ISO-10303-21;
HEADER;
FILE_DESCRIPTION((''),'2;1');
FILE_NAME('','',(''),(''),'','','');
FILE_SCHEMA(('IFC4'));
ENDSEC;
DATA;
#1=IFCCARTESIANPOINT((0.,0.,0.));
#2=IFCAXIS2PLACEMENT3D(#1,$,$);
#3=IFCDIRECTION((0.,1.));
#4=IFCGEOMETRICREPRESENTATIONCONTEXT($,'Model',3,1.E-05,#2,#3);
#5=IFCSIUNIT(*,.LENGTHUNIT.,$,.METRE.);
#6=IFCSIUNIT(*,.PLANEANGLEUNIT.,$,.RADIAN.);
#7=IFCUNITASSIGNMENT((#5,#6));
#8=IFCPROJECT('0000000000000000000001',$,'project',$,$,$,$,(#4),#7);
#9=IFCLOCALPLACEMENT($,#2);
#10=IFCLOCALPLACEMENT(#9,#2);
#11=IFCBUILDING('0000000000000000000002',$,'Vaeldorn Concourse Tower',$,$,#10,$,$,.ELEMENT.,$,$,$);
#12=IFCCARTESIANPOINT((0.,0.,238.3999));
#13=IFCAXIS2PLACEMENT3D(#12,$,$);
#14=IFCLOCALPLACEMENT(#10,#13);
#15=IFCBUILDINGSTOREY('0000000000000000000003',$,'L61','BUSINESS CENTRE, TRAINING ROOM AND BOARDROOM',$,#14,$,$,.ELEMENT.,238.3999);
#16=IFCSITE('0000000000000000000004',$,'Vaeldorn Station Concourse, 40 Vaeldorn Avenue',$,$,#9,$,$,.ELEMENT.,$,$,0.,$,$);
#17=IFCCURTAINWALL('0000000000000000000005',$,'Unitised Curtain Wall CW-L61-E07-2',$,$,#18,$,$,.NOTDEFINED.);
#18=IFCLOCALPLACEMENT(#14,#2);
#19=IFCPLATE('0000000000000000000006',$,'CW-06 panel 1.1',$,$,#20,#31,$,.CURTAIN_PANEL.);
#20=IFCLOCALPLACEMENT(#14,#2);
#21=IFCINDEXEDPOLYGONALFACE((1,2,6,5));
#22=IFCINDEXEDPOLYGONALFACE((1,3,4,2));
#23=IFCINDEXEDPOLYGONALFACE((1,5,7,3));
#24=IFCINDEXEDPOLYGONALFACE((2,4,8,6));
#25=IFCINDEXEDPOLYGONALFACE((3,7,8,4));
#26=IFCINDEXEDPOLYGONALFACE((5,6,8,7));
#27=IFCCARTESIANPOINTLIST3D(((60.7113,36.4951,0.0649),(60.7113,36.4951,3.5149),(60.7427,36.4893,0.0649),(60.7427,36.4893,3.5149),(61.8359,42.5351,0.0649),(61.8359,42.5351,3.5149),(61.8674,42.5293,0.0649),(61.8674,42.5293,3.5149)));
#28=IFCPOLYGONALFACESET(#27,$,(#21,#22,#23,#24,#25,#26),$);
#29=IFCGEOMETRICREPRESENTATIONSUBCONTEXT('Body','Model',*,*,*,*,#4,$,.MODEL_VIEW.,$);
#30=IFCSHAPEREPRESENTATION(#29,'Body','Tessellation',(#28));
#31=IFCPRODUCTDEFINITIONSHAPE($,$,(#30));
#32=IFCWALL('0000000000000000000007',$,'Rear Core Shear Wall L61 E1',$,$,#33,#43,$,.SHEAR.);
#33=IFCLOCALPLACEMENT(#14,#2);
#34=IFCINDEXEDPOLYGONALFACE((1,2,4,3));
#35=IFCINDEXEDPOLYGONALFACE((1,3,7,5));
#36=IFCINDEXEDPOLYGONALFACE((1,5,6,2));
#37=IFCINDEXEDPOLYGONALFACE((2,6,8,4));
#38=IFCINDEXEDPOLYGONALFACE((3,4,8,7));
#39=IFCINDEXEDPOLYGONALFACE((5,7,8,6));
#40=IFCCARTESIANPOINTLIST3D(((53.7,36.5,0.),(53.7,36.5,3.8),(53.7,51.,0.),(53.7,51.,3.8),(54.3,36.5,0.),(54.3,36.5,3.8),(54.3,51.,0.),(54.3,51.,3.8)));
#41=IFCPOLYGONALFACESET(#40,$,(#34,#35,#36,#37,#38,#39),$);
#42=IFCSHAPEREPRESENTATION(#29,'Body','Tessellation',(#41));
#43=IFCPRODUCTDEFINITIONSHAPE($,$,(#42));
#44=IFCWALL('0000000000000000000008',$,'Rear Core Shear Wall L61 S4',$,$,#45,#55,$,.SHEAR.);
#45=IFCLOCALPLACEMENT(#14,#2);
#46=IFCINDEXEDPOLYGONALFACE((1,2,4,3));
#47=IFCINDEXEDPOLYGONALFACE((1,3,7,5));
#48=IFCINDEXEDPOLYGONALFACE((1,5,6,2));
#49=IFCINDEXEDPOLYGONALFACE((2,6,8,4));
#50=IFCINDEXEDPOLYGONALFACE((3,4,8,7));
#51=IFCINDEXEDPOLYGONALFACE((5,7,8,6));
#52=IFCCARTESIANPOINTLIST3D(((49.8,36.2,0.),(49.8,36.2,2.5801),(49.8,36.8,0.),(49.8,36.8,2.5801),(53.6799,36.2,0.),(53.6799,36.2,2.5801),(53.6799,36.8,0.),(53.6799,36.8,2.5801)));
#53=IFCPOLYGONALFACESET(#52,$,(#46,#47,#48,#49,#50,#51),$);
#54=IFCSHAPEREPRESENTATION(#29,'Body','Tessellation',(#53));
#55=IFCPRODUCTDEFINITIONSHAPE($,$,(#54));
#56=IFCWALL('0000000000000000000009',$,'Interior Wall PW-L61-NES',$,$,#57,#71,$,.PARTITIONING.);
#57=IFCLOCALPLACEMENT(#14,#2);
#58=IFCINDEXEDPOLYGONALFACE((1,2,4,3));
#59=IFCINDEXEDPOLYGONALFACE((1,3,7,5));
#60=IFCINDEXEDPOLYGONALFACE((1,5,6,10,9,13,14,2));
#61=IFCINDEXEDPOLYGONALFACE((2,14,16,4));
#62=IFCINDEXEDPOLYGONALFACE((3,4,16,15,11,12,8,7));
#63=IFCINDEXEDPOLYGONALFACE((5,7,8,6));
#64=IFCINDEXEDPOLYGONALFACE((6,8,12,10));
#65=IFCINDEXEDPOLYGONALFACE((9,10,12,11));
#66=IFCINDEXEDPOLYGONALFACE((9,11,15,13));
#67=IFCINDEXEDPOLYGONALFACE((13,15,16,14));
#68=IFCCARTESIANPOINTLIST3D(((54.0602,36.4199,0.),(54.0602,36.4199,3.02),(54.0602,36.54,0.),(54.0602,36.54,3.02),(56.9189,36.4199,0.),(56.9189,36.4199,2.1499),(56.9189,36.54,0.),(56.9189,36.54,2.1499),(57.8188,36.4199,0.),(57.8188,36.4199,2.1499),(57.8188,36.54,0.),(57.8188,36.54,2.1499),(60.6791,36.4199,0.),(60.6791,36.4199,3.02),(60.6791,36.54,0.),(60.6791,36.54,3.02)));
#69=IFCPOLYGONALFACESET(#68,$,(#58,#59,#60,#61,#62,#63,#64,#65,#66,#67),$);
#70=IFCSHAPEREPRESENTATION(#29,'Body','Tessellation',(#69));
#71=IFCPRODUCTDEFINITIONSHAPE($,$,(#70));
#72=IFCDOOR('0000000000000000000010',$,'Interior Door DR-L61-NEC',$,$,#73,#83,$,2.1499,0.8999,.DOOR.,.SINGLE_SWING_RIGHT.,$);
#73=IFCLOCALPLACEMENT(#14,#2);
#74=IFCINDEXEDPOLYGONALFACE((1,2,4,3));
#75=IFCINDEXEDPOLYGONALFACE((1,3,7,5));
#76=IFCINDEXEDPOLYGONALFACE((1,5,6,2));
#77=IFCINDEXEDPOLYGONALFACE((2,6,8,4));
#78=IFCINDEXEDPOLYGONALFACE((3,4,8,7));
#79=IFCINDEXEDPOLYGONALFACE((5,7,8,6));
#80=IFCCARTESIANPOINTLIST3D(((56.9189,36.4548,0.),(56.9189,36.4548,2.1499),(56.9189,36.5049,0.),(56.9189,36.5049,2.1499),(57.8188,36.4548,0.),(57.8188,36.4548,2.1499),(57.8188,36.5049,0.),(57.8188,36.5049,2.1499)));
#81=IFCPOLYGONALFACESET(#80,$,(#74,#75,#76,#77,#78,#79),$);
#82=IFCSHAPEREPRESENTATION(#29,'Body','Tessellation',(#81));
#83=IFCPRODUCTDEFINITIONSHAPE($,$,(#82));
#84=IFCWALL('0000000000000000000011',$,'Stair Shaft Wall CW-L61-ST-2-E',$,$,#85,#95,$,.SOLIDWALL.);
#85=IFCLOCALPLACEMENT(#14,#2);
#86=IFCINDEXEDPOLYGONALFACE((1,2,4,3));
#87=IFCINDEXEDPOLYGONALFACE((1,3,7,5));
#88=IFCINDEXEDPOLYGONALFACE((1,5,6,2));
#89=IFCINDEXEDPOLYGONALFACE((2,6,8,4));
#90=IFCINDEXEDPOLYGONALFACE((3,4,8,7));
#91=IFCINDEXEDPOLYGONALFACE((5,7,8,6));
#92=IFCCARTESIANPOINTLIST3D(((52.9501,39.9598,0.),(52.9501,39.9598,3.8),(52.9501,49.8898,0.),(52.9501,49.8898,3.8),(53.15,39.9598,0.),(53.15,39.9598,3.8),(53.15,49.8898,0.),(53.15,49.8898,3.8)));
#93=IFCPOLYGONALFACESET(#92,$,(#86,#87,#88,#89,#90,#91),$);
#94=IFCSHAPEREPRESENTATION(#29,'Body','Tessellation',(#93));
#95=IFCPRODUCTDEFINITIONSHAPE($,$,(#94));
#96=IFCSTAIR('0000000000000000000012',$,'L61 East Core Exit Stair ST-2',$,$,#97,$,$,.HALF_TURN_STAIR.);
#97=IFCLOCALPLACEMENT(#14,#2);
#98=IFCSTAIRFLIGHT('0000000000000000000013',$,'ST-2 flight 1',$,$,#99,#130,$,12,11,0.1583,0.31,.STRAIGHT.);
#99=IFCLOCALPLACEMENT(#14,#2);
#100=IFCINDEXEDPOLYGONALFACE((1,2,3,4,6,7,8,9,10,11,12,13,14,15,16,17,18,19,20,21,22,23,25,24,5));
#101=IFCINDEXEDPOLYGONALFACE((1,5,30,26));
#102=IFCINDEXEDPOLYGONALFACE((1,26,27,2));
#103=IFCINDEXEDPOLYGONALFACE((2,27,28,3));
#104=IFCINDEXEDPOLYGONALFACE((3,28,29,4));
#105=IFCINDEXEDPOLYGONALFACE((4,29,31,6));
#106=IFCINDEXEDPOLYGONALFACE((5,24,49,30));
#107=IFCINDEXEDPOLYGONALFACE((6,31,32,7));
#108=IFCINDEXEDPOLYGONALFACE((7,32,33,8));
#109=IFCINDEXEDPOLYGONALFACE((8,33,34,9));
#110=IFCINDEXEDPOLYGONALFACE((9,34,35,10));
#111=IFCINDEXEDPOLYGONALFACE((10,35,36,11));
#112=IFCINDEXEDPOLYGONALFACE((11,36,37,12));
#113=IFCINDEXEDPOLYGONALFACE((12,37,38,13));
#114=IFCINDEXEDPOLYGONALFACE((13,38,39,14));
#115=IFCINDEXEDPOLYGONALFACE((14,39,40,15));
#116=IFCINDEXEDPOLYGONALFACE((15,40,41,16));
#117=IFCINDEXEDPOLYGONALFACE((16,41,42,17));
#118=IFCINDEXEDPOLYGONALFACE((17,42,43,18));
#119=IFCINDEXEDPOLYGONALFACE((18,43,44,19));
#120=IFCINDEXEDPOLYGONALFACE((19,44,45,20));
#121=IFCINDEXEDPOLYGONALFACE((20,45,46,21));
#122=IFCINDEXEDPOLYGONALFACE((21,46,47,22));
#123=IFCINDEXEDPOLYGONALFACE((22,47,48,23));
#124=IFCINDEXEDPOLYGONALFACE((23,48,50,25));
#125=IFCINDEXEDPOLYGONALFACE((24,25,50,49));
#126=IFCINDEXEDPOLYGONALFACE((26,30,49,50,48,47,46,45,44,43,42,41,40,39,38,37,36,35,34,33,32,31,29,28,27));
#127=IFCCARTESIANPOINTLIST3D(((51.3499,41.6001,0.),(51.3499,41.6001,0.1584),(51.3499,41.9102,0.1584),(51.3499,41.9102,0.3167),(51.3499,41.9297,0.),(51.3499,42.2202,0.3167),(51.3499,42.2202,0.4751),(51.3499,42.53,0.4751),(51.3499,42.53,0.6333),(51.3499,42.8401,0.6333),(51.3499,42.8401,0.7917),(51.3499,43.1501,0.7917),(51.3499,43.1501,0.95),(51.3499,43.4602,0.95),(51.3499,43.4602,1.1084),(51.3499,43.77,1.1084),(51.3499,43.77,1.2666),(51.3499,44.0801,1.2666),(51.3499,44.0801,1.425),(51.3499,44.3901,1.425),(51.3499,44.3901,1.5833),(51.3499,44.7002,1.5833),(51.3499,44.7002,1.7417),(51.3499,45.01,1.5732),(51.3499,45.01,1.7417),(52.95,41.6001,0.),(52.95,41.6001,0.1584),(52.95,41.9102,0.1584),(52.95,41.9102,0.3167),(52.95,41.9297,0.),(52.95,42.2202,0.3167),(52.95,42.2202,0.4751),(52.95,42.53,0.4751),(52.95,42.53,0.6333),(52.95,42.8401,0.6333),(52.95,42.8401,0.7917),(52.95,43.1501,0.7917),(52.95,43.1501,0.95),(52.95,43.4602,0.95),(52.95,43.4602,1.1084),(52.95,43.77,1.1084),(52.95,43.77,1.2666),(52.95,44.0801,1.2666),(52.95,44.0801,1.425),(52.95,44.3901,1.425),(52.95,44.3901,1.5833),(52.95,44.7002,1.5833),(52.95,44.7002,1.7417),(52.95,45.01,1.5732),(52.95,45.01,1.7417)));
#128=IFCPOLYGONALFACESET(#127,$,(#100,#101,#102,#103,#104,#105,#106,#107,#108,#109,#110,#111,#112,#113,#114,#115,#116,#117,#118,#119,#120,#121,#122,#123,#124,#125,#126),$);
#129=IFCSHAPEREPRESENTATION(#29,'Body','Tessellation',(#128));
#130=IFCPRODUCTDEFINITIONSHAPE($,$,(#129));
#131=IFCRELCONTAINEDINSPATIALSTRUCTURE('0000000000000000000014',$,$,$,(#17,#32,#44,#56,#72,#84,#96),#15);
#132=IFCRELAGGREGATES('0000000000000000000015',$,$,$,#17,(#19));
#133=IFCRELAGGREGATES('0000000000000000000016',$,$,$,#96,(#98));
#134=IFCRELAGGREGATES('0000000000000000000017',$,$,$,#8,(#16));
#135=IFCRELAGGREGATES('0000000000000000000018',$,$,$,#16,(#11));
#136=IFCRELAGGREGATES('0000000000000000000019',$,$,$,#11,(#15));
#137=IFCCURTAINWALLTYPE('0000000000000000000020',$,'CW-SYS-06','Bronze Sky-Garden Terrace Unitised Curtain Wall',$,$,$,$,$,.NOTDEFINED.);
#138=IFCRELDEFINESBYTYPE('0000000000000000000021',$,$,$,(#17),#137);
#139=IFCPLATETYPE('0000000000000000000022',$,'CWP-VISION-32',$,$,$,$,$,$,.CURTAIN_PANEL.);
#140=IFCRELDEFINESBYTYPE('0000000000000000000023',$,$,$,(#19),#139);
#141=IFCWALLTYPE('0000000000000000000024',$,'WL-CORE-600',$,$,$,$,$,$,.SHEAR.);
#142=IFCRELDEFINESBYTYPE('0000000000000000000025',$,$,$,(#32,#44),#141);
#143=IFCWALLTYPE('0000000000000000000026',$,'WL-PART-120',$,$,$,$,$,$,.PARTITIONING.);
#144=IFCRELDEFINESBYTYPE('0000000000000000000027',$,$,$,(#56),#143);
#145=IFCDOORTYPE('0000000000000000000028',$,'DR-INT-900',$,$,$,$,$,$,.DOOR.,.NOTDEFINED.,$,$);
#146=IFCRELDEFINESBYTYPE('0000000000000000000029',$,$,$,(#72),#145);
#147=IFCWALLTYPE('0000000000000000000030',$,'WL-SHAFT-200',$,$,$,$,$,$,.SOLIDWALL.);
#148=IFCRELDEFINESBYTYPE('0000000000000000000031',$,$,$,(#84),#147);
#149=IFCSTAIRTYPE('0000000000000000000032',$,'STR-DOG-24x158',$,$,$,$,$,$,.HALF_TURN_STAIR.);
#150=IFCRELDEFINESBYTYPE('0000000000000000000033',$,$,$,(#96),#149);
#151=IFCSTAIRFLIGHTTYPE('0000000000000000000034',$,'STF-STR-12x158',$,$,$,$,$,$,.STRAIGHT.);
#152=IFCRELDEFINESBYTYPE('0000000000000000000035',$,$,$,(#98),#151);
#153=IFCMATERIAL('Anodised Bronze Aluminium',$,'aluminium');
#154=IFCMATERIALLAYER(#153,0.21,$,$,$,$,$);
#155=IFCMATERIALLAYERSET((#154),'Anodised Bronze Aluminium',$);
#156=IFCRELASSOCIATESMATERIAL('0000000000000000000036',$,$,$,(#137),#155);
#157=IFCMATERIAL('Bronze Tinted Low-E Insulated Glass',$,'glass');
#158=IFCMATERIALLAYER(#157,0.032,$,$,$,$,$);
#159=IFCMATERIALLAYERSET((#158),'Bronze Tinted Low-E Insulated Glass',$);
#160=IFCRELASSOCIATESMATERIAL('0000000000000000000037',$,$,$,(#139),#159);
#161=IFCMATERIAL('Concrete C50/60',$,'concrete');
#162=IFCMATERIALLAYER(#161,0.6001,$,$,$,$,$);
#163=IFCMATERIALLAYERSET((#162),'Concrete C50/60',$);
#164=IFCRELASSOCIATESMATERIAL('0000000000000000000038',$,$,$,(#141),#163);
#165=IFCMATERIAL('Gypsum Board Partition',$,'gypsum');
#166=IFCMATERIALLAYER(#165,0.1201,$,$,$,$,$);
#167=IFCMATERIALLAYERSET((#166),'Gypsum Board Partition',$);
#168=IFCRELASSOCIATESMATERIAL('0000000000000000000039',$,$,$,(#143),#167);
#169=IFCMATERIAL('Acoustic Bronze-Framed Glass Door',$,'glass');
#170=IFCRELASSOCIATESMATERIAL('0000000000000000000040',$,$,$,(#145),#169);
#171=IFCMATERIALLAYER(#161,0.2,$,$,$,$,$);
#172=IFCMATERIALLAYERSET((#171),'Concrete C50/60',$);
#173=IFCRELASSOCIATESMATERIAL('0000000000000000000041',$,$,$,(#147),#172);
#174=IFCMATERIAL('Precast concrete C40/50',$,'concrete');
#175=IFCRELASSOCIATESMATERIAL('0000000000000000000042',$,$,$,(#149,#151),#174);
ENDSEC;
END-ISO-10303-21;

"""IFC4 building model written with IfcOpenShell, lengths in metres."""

from ifc_helpers import new_model, si_unit, direction, frame, frame_2d, origin, origin_2d, place, context, subcontext, project, spatial, polyline, rectangle, outline, extrude, source, transform, mapped, material, layer, layer_set, type_object, element, fill, aggregate, save


model = new_model("IFC4")

# Units and contexts
model_context = context("Model", 3, precision=1e-05, world=origin(), true_north=direction((0.0, 1.0)))
body_context = subcontext(model_context, "Body", "Model", "MODEL_VIEW")
ifc_project = project(units=[si_unit("LENGTHUNIT", "METRE"), si_unit("PLANEANGLEUNIT", "RADIAN")], contexts=[model_context])

# Site, building, storey
site_placement = place(None, origin())
site = spatial("IfcSite", under=ifc_project, at=site_placement, Name="Vaeldorn Station Concourse, 40 Vaeldorn Avenue", CompositionType="ELEMENT", RefElevation=0.0)
building_placement = place(site_placement, origin())
building = spatial("IfcBuilding", under=site, at=building_placement, Name="Vaeldorn Concourse Tower", CompositionType="ELEMENT")
storey_placement = place(building_placement, frame((0.0, 0.0, 238.3999)))
storey = spatial("IfcBuildingStorey", under=building, at=storey_placement, Name="L61", Description="BUSINESS CENTRE, TRAINING ROOM AND BOARDROOM", CompositionType="ELEMENT", Elevation=238.3999)

# Shared definitions
ifc_material_1 = material(Name="Concrete C50/60", Category="concrete")

# Shared definitions
ifc_material_2 = material(Name="Anodised Bronze Aluminium", Category="aluminium")
ifc_layer_1 = layer(ifc_material_2, 0.21)
ifc_layer_set_1 = layer_set([ifc_layer_1], Name="Anodised Bronze Aluminium")
curtain_wall_type = type_object("IfcCurtainWallType", Name="CW-SYS-06", Description="Bronze Sky-Garden Terrace Unitised Curtain Wall", PredefinedType="NOTDEFINED", material=ifc_layer_set_1)

# Curtain wall, plate
curtain_wall_1_placement = place(storey_placement, origin())
curtain_wall_1 = element("IfcCurtainWall", 1, at=curtain_wall_1_placement, inside=storey, type_object=curtain_wall_type, Name="Unitised Curtain Wall CW-L61-E07-2", PredefinedType="NOTDEFINED")
ifc_material_3 = material(Name="Bronze Tinted Low-E Insulated Glass", Category="glass")
ifc_layer_2 = layer(ifc_material_3, 0.032)
ifc_layer_set_2 = layer_set([ifc_layer_2], Name="Bronze Tinted Low-E Insulated Glass")
plate_type = type_object("IfcPlateType", Name="CWP-VISION-32", PredefinedType="CURTAIN_PANEL", material=ifc_layer_set_2)
shared_shape_1 = source(origin(), body_context, "Body", "SweptSolid", [
    extrude(rectangle(XDim=6.1438, YDim=0.032, at=origin_2d()), origin(), (0.0, 0.0, 1.0), 3.45),
])
plate_placement = place(storey_placement, frame((61.2893, 39.5122, 0.0649), z_axis=(0.0, 0.0, 1.0), x_axis=(0.183054, 0.983103, 0.0)))
plate = element("IfcPlate", 2, at=plate_placement, type_object=plate_type, Name="CW-06 panel 1.1", PredefinedType="CURTAIN_PANEL", context=body_context, shape_type="MappedRepresentation", body=[
    mapped(shared_shape_1, transform((0.0, 0.0, 0.0), scale=1.0)),
])
aggregate(curtain_wall_1, [plate])

# Walls
ifc_layer_3 = layer(ifc_material_1, 0.6001)
ifc_layer_set_3 = layer_set([ifc_layer_3], Name="Concrete C50/60")
wall_type_1 = type_object("IfcWallType", Name="WL-CORE-600", PredefinedType="SHEAR", material=ifc_layer_set_3)
wall_1_placement = place(storey_placement, frame((54.0, 36.5, 0.0), z_axis=(0.0, 0.0, 1.0), x_axis=(0.0, 1.0, 0.0)))
element("IfcWall", 3, at=wall_1_placement, inside=storey, type_object=wall_type_1, Name="Rear Core Shear Wall L61 E1", PredefinedType="SHEAR", context=body_context, shape_type="SweptSolid", body=[
    extrude(rectangle(XDim=14.5, YDim=0.6001, at=frame_2d((7.25, 0.0))), origin(), (0.0, 0.0, 1.0), 3.8),
])
wall_2_placement = place(storey_placement, frame((49.8, 36.5, 0.0), z_axis=(0.0, 0.0, 1.0), x_axis=(1.0, 0.0, 0.0)))
element("IfcWall", 4, at=wall_2_placement, inside=storey, type_object=wall_type_1, Name="Rear Core Shear Wall L61 S4", PredefinedType="SHEAR", context=body_context, shape_type="SweptSolid", body=[
    extrude(rectangle(XDim=3.8799, YDim=0.6001, at=frame_2d((1.9399, 0.0))), origin(), (0.0, 0.0, 1.0), 2.5801),
])

# Wall, opening, door
ifc_material_4 = material(Name="Gypsum Board Partition", Category="gypsum")
ifc_layer_4 = layer(ifc_material_4, 0.1201)
ifc_layer_set_4 = layer_set([ifc_layer_4], Name="Gypsum Board Partition")
wall_type_2 = type_object("IfcWallType", Name="WL-PART-120", PredefinedType="PARTITIONING", material=ifc_layer_set_4)
wall_3_placement = place(storey_placement, frame((54.0601, 36.48, 0.0), z_axis=(0.0, 0.0, 1.0), x_axis=(1.0, 0.0, 0.0)))
wall_3 = element("IfcWall", 5, at=wall_3_placement, inside=storey, type_object=wall_type_2, Name="Interior Wall PW-L61-NES", PredefinedType="PARTITIONING", context=body_context, shape_type="SweptSolid", body=[
    extrude(rectangle(XDim=6.6189, YDim=0.1201, at=frame_2d((3.3096, 0.0))), origin(), (0.0, 0.0, 1.0), 3.02),
])
opening_placement = place(wall_3_placement, frame((2.8589, 0.0, 0.0)))
opening = element("IfcOpeningElement", 6, at=opening_placement, cuts=wall_3, PredefinedType="OPENING", context=body_context, shape_type="SweptSolid", body=[
    extrude(rectangle(XDim=0.8999, YDim=2.1499, at=frame_2d((0.45, 1.075))), frame((0.0, 0.0701, 0.0), z_axis=(0.0, -1.0, 0.0), x_axis=(1.0, 0.0, 0.0)), (0.0, 0.0, 1.0), 0.1401),
])
ifc_material_5 = material(Name="Acoustic Bronze-Framed Glass Door", Category="glass")
door_type = type_object("IfcDoorType", Name="DR-INT-900", OperationType="NOTDEFINED", PredefinedType="DOOR", material=ifc_material_5)
shared_shape_2 = source(origin(), body_context, "Body", "SweptSolid", [
    extrude(rectangle(XDim=0.8999, YDim=2.1499, at=frame_2d((0.45, 1.075))), frame((0.0, 0.0249, 0.0), z_axis=(0.0, -1.0, 0.0), x_axis=(1.0, 0.0, 0.0)), (0.0, 0.0, 1.0), 0.05),
])
door_placement = place(opening_placement, origin())
door = element("IfcDoor", 7, at=door_placement, inside=storey, type_object=door_type, Name="Interior Door DR-L61-NEC", OperationType="SINGLE_SWING_RIGHT", OverallHeight=2.1499, OverallWidth=0.8999, PredefinedType="DOOR", context=body_context, shape_type="MappedRepresentation", body=[
    mapped(shared_shape_2, transform((0.0, 0.0, 0.0), scale=1.0)),
])
fill(opening, door)

# Wall
ifc_layer_5 = layer(ifc_material_1, 0.2)
ifc_layer_set_5 = layer_set([ifc_layer_5], Name="Concrete C50/60")
wall_type_3 = type_object("IfcWallType", Name="WL-SHAFT-200", PredefinedType="SOLIDWALL", material=ifc_layer_set_5)
wall_4_placement = place(storey_placement, frame((53.05, 39.96, 0.0), z_axis=(0.0, 0.0, 1.0), x_axis=(0.0, 1.0, 0.0)))
element("IfcWall", 8, at=wall_4_placement, inside=storey, type_object=wall_type_3, Name="Stair Shaft Wall CW-L61-ST-2-E", PredefinedType="SOLIDWALL", context=body_context, shape_type="SweptSolid", body=[
    extrude(rectangle(XDim=9.9299, YDim=0.2, at=frame_2d((4.9648, 0.0))), origin(), (0.0, 0.0, 1.0), 3.8),
])

# Stair, stair flight
ifc_material_6 = material(Name="Precast concrete C40/50", Category="concrete")
stair_type = type_object("IfcStairType", Name="STR-DOG-24x158", PredefinedType="HALF_TURN_STAIR", material=ifc_material_6)
stair_placement = place(storey_placement, origin())
stair = element("IfcStair", 9, at=stair_placement, inside=storey, type_object=stair_type, Name="L61 East Core Exit Stair ST-2", PredefinedType="HALF_TURN_STAIR")
stair_flight_type = type_object("IfcStairFlightType", Name="STF-STR-12x158", PredefinedType="STRAIGHT", material=ifc_material_6)
stair_flight_placement = place(storey_placement, frame((52.1499, 41.6001, 0.0), z_axis=(0.0, 0.0, 1.0), x_axis=(0.0, 1.0, 0.0)))
stair_flight = element("IfcStairFlight", 10, at=stair_flight_placement, type_object=stair_flight_type, Name="ST-2 flight 1", NumberOfRisers=12, NumberOfTreads=11, PredefinedType="STRAIGHT", RiserHeight=0.1583, TreadLength=0.31, context=body_context, shape_type="SweptSolid", body=[
    extrude(outline(polyline([(0.0, 0.0), (0.0, 0.1584), (0.3101, 0.1584), (0.3101, 0.3167), (0.6201, 0.3167), (0.6201, 0.4751), (0.9299, 0.4751), (0.9299, 0.6333), (1.24, 0.6333), (1.24, 0.7917), (1.55, 0.7917), (1.55, 0.95), (1.8601, 0.95), (1.8601, 1.1084), (2.1699, 1.1084), (2.1699, 1.2666), (2.48, 1.2666), (2.48, 1.425), (2.79, 1.425), (2.79, 1.5833), (3.1001, 1.5833), (3.1001, 1.7417), (3.4099, 1.7417), (3.4099, 1.8999), (3.4099, 1.5732), (0.3296, 0.0), (0.0, 0.0)])), frame((0.0, 0.8, 0.0), z_axis=(0.0, -1.0, 0.0), x_axis=(1.0, 0.0, 0.0)), (0.0, 0.0, 1.0), 1.6001),
])
aggregate(stair, [stair_flight])

save(model, "model.ifc")
